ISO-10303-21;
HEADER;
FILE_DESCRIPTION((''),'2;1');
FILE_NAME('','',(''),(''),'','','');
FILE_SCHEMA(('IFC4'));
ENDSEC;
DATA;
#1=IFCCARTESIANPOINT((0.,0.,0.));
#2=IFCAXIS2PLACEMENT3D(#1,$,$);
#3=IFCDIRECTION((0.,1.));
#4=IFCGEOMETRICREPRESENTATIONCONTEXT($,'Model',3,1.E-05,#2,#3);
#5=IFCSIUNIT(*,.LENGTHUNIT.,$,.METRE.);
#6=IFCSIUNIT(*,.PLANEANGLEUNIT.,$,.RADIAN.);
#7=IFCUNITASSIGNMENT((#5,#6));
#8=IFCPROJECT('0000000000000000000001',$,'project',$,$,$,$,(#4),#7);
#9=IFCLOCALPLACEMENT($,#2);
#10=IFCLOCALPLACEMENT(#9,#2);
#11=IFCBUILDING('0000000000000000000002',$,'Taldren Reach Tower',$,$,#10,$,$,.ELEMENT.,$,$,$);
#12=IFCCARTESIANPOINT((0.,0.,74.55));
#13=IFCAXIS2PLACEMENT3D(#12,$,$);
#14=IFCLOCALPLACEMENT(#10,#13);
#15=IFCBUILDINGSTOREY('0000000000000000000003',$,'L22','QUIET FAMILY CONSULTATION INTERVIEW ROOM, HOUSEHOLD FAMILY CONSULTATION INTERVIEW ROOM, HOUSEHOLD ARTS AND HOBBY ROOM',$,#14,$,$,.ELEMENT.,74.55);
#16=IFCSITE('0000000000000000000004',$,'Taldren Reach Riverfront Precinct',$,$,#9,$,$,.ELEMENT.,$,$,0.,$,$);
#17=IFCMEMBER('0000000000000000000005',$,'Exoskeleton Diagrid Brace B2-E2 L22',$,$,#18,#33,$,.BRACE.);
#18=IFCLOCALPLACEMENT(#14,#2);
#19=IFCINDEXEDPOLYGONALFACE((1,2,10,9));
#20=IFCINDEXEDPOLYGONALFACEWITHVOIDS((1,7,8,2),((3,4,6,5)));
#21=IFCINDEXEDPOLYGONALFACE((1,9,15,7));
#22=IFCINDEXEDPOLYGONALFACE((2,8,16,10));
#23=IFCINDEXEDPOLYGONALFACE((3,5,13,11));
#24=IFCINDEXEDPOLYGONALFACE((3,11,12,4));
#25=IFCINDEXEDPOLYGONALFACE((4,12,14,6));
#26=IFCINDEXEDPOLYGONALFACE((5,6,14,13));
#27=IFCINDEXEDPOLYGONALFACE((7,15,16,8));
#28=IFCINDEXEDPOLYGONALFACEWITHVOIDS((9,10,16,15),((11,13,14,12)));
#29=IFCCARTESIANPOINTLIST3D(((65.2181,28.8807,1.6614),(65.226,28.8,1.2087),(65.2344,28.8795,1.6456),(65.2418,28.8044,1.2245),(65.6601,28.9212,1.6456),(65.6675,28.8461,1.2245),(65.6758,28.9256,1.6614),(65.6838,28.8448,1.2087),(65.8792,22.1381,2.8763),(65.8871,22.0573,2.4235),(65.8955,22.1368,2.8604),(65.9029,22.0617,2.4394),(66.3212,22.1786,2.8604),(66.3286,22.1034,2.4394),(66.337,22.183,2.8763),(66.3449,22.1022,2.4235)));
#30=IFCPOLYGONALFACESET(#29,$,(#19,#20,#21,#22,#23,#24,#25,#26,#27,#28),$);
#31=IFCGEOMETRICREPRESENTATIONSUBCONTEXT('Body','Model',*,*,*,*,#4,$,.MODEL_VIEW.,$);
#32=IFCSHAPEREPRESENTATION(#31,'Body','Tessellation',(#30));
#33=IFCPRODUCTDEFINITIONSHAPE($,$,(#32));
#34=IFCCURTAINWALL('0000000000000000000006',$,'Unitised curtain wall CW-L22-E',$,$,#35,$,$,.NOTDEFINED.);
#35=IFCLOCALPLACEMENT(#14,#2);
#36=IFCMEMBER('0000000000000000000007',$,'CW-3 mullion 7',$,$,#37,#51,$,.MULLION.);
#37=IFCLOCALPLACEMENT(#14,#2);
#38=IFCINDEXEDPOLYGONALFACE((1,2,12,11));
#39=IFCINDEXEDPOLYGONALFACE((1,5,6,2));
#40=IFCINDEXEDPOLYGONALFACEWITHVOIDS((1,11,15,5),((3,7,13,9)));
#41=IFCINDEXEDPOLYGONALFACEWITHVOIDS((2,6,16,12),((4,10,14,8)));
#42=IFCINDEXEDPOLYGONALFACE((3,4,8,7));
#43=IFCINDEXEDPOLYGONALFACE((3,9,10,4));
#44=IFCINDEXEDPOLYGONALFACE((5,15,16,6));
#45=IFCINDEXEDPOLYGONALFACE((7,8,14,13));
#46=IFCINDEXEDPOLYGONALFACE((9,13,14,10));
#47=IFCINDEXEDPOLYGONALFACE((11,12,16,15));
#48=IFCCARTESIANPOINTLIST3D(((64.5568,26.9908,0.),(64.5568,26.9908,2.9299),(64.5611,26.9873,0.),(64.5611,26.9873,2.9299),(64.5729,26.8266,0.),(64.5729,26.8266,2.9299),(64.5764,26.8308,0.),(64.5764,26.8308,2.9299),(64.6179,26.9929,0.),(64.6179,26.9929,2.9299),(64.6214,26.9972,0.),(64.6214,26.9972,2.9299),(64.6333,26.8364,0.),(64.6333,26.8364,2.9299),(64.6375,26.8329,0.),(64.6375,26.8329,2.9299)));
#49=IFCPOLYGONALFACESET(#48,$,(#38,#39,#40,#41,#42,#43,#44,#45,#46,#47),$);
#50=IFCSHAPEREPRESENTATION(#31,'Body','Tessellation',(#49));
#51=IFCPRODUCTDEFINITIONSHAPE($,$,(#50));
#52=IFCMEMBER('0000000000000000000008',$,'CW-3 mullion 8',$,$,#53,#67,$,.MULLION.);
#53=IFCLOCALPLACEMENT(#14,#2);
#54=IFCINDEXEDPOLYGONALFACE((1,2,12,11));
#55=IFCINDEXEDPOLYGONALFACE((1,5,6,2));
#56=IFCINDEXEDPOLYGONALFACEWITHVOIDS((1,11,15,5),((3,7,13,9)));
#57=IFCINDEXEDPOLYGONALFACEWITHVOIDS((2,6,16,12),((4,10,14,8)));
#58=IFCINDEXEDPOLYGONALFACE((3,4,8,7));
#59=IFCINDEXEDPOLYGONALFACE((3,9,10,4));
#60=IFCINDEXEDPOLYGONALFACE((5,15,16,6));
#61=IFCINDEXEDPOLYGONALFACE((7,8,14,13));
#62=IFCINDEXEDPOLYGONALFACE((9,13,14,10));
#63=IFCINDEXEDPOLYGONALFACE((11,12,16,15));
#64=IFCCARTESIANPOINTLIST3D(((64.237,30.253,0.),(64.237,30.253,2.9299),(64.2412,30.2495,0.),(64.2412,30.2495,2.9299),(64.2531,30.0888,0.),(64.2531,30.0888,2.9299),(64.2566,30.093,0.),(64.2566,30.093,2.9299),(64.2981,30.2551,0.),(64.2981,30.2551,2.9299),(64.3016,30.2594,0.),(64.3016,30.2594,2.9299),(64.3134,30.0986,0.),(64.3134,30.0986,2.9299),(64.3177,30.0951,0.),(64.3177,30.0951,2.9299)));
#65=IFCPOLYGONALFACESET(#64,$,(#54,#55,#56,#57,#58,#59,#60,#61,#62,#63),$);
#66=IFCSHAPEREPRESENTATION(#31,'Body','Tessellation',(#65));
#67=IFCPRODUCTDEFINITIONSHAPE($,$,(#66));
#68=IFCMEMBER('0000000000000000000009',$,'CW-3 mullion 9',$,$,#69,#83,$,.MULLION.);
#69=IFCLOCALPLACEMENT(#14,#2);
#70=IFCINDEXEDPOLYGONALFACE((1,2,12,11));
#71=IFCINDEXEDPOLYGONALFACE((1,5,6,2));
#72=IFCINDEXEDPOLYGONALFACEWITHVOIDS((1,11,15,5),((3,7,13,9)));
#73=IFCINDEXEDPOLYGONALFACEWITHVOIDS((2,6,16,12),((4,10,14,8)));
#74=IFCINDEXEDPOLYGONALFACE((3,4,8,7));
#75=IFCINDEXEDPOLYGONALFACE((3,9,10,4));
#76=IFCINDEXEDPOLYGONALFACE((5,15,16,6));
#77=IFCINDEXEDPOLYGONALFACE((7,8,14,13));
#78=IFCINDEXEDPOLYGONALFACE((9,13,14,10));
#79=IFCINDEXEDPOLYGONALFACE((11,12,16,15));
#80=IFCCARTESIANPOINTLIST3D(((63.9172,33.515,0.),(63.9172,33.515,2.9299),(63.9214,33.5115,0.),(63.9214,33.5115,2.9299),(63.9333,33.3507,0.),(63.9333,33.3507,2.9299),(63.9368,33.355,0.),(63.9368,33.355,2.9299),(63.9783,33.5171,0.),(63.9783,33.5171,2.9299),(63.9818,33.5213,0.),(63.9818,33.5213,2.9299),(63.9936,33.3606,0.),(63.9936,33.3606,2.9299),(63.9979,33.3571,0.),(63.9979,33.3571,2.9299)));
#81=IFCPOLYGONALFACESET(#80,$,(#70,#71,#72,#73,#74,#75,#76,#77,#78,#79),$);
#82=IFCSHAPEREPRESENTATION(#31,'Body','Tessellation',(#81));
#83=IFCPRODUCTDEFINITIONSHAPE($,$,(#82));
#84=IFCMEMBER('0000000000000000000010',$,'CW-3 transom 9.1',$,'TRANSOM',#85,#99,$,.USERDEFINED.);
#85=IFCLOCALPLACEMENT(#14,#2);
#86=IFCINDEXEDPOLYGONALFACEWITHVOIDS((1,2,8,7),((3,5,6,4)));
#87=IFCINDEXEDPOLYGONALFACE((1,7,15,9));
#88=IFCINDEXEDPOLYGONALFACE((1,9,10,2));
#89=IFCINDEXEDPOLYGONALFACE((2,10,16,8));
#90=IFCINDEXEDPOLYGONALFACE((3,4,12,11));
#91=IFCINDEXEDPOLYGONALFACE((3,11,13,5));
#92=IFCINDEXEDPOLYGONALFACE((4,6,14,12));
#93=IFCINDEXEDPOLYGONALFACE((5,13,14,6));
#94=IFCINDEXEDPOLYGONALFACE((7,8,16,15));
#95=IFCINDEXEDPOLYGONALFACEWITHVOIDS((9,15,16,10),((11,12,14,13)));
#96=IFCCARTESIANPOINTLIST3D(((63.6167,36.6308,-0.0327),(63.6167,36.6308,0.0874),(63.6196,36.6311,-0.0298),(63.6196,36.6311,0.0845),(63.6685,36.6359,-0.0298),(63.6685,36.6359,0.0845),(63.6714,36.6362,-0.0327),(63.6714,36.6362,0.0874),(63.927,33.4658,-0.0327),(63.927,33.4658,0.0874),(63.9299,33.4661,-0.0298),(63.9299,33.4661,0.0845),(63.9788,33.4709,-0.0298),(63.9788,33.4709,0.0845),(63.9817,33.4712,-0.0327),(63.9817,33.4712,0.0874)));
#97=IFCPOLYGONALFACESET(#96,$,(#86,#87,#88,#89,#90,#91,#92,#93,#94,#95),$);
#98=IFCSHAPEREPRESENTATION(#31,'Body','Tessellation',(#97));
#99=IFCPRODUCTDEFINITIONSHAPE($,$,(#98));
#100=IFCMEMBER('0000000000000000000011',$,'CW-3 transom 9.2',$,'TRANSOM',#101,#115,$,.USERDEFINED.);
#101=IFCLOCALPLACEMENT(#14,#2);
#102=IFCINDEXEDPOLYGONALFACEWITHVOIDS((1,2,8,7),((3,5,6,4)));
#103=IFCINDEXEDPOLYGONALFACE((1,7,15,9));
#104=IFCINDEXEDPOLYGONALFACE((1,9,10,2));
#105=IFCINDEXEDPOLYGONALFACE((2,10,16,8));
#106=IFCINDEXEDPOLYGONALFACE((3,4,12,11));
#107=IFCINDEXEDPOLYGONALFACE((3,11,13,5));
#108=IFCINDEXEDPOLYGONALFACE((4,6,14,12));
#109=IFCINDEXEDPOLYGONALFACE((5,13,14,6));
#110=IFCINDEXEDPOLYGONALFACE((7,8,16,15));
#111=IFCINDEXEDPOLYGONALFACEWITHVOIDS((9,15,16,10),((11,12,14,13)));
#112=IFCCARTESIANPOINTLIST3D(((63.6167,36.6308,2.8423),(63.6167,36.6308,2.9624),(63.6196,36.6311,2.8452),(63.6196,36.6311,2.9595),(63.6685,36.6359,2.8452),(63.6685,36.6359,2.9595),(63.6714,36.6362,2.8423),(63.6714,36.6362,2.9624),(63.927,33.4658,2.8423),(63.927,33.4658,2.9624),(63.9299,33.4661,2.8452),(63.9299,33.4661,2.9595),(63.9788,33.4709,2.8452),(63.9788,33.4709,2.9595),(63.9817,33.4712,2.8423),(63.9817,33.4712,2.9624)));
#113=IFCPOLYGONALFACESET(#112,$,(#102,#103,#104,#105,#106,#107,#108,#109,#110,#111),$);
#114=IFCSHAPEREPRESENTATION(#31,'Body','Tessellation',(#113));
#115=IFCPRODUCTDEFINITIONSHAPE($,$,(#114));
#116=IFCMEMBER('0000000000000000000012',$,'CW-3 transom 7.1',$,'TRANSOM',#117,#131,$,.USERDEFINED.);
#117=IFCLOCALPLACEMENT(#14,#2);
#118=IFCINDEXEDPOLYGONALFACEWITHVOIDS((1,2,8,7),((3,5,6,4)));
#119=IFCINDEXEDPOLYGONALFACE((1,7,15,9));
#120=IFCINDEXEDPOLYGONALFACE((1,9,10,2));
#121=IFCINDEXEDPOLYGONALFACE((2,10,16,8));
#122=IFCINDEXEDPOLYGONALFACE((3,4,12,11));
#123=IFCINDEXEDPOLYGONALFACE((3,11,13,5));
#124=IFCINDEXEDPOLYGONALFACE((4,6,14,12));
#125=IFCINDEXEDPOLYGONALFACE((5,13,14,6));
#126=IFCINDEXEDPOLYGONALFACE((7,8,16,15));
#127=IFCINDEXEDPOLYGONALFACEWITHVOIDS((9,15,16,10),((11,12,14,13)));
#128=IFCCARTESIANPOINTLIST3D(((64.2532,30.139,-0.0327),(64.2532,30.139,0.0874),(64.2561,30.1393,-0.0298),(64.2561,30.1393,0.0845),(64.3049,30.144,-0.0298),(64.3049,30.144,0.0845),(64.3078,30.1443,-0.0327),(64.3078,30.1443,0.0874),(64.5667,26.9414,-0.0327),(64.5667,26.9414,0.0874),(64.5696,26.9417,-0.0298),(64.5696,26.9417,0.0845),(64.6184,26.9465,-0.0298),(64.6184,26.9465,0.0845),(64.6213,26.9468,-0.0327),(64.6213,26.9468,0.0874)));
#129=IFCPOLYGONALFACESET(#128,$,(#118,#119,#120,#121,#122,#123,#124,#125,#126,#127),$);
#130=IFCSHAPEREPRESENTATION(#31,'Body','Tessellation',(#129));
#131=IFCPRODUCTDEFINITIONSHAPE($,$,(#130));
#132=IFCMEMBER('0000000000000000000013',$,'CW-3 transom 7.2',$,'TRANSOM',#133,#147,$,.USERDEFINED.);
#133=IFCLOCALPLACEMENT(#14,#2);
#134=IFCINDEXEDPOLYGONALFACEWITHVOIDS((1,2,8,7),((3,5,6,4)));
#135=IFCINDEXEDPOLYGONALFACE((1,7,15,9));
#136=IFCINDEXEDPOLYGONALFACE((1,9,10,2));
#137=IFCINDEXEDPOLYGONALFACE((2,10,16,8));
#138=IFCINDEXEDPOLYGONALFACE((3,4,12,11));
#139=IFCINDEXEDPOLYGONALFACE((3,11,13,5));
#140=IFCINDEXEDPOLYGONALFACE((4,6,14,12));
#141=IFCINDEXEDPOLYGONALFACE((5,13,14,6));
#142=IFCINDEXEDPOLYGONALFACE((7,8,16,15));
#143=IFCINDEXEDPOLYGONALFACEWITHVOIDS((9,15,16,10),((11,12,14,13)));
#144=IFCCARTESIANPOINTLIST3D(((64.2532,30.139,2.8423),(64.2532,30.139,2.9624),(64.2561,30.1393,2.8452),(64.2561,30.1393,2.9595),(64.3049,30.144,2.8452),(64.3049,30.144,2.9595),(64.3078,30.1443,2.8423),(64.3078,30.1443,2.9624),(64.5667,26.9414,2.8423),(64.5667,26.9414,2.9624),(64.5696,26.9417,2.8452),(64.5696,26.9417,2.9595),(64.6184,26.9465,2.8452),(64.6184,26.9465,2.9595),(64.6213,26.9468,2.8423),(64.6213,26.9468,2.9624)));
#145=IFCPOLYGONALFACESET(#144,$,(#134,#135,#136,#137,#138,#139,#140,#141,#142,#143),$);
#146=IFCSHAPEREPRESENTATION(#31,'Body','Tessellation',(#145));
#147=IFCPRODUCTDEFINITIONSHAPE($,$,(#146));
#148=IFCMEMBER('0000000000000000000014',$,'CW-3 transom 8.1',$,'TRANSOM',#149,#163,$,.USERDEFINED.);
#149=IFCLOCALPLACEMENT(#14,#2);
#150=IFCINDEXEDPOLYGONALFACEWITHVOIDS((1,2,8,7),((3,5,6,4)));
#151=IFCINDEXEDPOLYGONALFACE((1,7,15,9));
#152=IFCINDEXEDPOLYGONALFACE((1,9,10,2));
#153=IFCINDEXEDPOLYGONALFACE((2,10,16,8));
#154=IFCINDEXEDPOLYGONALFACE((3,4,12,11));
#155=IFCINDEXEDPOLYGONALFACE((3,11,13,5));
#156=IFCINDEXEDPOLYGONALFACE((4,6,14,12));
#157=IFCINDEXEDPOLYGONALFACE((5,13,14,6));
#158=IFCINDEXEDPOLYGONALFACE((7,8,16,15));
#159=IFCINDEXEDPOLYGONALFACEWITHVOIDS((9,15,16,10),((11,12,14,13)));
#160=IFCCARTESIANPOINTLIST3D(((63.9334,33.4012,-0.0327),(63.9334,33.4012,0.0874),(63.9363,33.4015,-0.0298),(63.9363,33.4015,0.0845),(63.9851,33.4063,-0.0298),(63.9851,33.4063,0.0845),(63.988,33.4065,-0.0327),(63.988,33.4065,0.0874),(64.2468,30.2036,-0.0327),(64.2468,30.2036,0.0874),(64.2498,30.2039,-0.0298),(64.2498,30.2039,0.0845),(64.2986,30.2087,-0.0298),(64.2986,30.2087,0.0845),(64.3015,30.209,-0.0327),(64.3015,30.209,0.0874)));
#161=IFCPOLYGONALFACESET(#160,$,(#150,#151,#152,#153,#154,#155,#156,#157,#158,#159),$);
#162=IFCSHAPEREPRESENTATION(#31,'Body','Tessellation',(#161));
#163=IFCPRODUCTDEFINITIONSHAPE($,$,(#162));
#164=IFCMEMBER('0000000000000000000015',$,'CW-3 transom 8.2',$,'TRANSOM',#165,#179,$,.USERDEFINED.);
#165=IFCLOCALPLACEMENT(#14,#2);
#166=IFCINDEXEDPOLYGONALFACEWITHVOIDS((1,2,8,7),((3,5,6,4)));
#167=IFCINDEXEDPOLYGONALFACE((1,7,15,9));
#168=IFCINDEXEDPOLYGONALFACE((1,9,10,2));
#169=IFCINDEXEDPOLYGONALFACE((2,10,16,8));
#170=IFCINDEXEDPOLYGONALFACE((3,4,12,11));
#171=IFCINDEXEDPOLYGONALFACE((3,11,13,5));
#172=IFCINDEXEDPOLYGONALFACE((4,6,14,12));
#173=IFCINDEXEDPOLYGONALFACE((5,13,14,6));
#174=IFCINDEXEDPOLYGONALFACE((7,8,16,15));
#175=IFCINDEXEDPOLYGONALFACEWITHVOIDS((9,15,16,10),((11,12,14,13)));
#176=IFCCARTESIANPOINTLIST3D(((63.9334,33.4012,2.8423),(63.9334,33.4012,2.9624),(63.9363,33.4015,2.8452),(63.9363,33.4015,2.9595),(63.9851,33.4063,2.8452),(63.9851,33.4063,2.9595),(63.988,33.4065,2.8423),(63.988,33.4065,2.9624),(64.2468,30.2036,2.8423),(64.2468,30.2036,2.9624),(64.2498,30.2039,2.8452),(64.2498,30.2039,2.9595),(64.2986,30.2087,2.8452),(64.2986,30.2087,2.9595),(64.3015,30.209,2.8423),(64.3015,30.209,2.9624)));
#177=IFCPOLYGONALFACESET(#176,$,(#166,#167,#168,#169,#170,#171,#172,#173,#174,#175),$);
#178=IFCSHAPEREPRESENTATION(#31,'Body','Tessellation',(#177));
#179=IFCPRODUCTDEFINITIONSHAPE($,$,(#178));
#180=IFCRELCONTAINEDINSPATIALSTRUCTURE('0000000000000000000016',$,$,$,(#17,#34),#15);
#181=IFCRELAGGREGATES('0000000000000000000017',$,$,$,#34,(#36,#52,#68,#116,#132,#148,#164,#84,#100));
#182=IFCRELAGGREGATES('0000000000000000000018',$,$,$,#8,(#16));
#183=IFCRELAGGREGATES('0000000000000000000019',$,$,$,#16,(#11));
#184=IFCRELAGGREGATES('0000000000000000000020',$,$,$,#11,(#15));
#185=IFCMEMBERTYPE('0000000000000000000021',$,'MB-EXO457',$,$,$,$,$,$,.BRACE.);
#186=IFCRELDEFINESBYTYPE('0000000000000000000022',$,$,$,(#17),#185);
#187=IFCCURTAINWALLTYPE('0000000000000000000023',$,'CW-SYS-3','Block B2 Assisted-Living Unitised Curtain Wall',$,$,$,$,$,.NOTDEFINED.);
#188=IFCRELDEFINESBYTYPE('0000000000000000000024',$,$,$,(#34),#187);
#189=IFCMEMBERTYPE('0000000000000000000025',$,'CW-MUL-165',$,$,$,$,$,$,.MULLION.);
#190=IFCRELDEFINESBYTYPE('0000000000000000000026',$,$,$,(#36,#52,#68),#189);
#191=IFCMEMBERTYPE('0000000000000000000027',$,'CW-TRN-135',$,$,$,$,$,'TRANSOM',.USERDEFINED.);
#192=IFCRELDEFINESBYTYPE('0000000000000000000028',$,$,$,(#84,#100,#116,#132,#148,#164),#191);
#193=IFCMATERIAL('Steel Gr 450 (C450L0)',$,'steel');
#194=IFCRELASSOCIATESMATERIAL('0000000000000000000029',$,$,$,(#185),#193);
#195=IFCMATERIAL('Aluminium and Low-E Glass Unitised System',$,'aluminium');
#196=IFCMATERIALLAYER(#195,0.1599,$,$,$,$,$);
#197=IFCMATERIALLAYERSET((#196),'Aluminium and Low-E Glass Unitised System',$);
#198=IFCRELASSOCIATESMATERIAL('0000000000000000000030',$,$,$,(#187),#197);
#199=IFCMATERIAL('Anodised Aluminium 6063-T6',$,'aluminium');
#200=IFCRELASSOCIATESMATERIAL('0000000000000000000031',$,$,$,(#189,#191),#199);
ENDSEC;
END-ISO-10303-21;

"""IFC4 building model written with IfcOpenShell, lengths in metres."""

from ifc_helpers import new_model, si_unit, direction, frame, origin, origin_2d, place, context, subcontext, project, spatial, hollow_rectangle, extrude, source, transform, mapped, material, layer, layer_set, material_profile, profile_set, type_object, element, aggregate, save


model = new_model("IFC4")

# Units and contexts
model_context = context("Model", 3, precision=1e-05, world=origin(), true_north=direction((0.0, 1.0)))
body_context = subcontext(model_context, "Body", "Model", "MODEL_VIEW")
ifc_project = project(units=[si_unit("LENGTHUNIT", "METRE"), si_unit("PLANEANGLEUNIT", "RADIAN")], contexts=[model_context])

# Site, building, storey
site_placement = place(None, origin())
site = spatial("IfcSite", under=ifc_project, at=site_placement, Name="Taldren Reach Riverfront Precinct", CompositionType="ELEMENT", RefElevation=0.0)
building_placement = place(site_placement, origin())
building = spatial("IfcBuilding", under=site, at=building_placement, Name="Taldren Reach Tower", CompositionType="ELEMENT")
storey_placement = place(building_placement, frame((0.0, 0.0, 74.55)))
storey = spatial("IfcBuildingStorey", under=building, at=storey_placement, Name="L22", Description="QUIET FAMILY CONSULTATION INTERVIEW ROOM, HOUSEHOLD FAMILY CONSULTATION INTERVIEW ROOM, HOUSEHOLD ARTS AND HOBBY ROOM", CompositionType="ELEMENT", Elevation=74.55)

# Member
ifc_material_1 = material(Name="Steel Gr 450 (C450L0)", Category="steel")
ifc_material_profile_1 = material_profile(ifc_material_1, hollow_rectangle(XDim=0.46, YDim=0.46, WallThickness=0.0161, at=origin_2d()), Name="460x460x16.0SHS")
ifc_profile_set_1 = profile_set([ifc_material_profile_1], Name="Steel Gr 450 (C450L0)")
member_type_1 = type_object("IfcMemberType", Name="MB-EXO457", PredefinedType="BRACE", material=ifc_profile_set_1)
shared_shape_1 = source(origin(), body_context, "Body", "SweptSolid", [
    extrude(hollow_rectangle(XDim=0.46, YDim=0.46, WallThickness=0.0161, at=origin_2d()), origin(), (0.0, 0.0, 1.0), 6.8831),
])
member_1_placement = place(storey_placement, frame((65.4509, 28.8628, 1.4351), z_axis=(0.096052, -0.979603, 0.176497), x_axis=(0.995227, 0.097584, 0.0)))
element("IfcMember", 1, at=member_1_placement, inside=storey, type_object=member_type_1, Name="Exoskeleton Diagrid Brace B2-E2 L22", PredefinedType="BRACE", context=body_context, shape_type="MappedRepresentation", body=[
    mapped(shared_shape_1, transform((0.0, 0.0, 0.0), scale=1.0)),
])

# Curtain wall, members
ifc_material_2 = material(Name="Aluminium and Low-E Glass Unitised System", Category="aluminium")
ifc_layer_1 = layer(ifc_material_2, 0.1599)
ifc_layer_set_1 = layer_set([ifc_layer_1], Name="Aluminium and Low-E Glass Unitised System")
curtain_wall_type = type_object("IfcCurtainWallType", Name="CW-SYS-3", Description="Block B2 Assisted-Living Unitised Curtain Wall", PredefinedType="NOTDEFINED", material=ifc_layer_set_1)
curtain_wall_placement = place(storey_placement, origin())
curtain_wall = element("IfcCurtainWall", 2, at=curtain_wall_placement, inside=storey, type_object=curtain_wall_type, Name="Unitised curtain wall CW-L22-E", PredefinedType="NOTDEFINED")
ifc_material_3 = material(Name="Anodised Aluminium 6063-T6", Category="aluminium")
ifc_material_profile_2 = material_profile(ifc_material_3, hollow_rectangle(XDim=0.0649, YDim=0.165, WallThickness=0.0039, at=origin_2d()), Name="ALU-165x65x4RHS")
ifc_profile_set_2 = profile_set([ifc_material_profile_2], Name="Anodised Aluminium 6063-T6")
member_type_2 = type_object("IfcMemberType", Name="CW-MUL-165", PredefinedType="MULLION", material=ifc_profile_set_2)
shared_shape_2 = source(origin(), body_context, "Body", "SweptSolid", [
    extrude(hollow_rectangle(XDim=0.0649, YDim=0.165, WallThickness=0.0039, at=origin_2d()), origin(), (0.0, 0.0, 1.0), 2.9299),
])
member_2_placement = place(storey_placement, frame((64.5972, 26.9119, 0.0), z_axis=(0.0, 0.0, 1.0), x_axis=(-0.995227, -0.097583, 0.0)))
member_2 = element("IfcMember", 3, at=member_2_placement, type_object=member_type_2, Name="CW-3 mullion 7", PredefinedType="MULLION", context=body_context, shape_type="MappedRepresentation", body=[
    mapped(shared_shape_2, transform((0.0, 0.0, 0.0), scale=1.0)),
])
member_3_placement = place(storey_placement, frame((64.2773, 30.1741, 0.0), z_axis=(0.0, 0.0, 1.0), x_axis=(-0.995227, -0.097583, 0.0)))
member_3 = element("IfcMember", 4, at=member_3_placement, type_object=member_type_2, Name="CW-3 mullion 8", PredefinedType="MULLION", context=body_context, shape_type="MappedRepresentation", body=[
    mapped(shared_shape_2, transform((0.0, 0.0, 0.0), scale=1.0)),
])
member_4_placement = place(storey_placement, frame((63.9575, 33.436, 0.0), z_axis=(0.0, 0.0, 1.0), x_axis=(-0.995227, -0.097583, 0.0)))
member_4 = element("IfcMember", 5, at=member_4_placement, type_object=member_type_2, Name="CW-3 mullion 9", PredefinedType="MULLION", context=body_context, shape_type="MappedRepresentation", body=[
    mapped(shared_shape_2, transform((0.0, 0.0, 0.0), scale=1.0)),
])
ifc_material_profile_3 = material_profile(ifc_material_3, hollow_rectangle(XDim=0.0549, YDim=0.1201, WallThickness=0.0029, at=origin_2d()), Name="ALU-120x55x3RHS")
ifc_profile_set_3 = profile_set([ifc_material_profile_3], Name="Anodised Aluminium 6063-T6")
member_type_3 = type_object("IfcMemberType", Name="CW-TRN-135", ElementType="TRANSOM", PredefinedType="USERDEFINED", material=ifc_profile_set_3)
shared_shape_3 = source(origin(), body_context, "Body", "SweptSolid", [
    extrude(hollow_rectangle(XDim=0.0549, YDim=0.1201, WallThickness=0.0029, at=origin_2d()), origin(), (0.0, 0.0, 1.0), 3.1802),
])
member_5_placement = place(storey_placement, frame((63.9543, 33.4685, 0.0273), z_axis=(-0.097573, 0.995228, 0.0), x_axis=(-0.995228, -0.097573, 0.0)))
member_5 = element("IfcMember", 6, at=member_5_placement, type_object=member_type_3, Name="CW-3 transom 9.1", ObjectType="TRANSOM", PredefinedType="USERDEFINED", context=body_context, shape_type="MappedRepresentation", body=[
    mapped(shared_shape_3, transform((0.0, 0.0, 0.0), scale=1.0)),
])
member_6_placement = place(storey_placement, frame((63.9543, 33.4685, 2.9023), z_axis=(-0.097573, 0.995228, 0.0), x_axis=(-0.995228, -0.097573, 0.0)))
member_6 = element("IfcMember", 7, at=member_6_placement, type_object=member_type_3, Name="CW-3 transom 9.2", ObjectType="TRANSOM", PredefinedType="USERDEFINED", context=body_context, shape_type="MappedRepresentation", body=[
    mapped(shared_shape_3, transform((0.0, 0.0, 0.0), scale=1.0)),
])
shared_shape_4 = source(origin(), body_context, "Body", "SweptSolid", [
    extrude(hollow_rectangle(XDim=0.0549, YDim=0.1201, WallThickness=0.0029, at=origin_2d()), origin(), (0.0, 0.0, 1.0), 3.2129),
])
member_7_placement = place(storey_placement, frame((64.594, 26.9441, 0.0273), z_axis=(-0.09757, 0.995229, 0.0), x_axis=(-0.995229, -0.09757, 0.0)))
member_7 = element("IfcMember", 8, at=member_7_placement, type_object=member_type_3, Name="CW-3 transom 7.1", ObjectType="TRANSOM", PredefinedType="USERDEFINED", context=body_context, shape_type="MappedRepresentation", body=[
    mapped(shared_shape_4, transform((0.0, 0.0, 0.0), scale=1.0)),
])
member_8_placement = place(storey_placement, frame((64.594, 26.9441, 2.9023), z_axis=(-0.09757, 0.995229, 0.0), x_axis=(-0.995229, -0.09757, 0.0)))
member_8 = element("IfcMember", 9, at=member_8_placement, type_object=member_type_3, Name="CW-3 transom 7.2", ObjectType="TRANSOM", PredefinedType="USERDEFINED", context=body_context, shape_type="MappedRepresentation", body=[
    mapped(shared_shape_4, transform((0.0, 0.0, 0.0), scale=1.0)),
])
member_9_placement = place(storey_placement, frame((64.2742, 30.2063, 0.0273), z_axis=(-0.09757, 0.995229, 0.0), x_axis=(-0.995229, -0.09757, 0.0)))
member_9 = element("IfcMember", 10, at=member_9_placement, type_object=member_type_3, Name="CW-3 transom 8.1", ObjectType="TRANSOM", PredefinedType="USERDEFINED", context=body_context, shape_type="MappedRepresentation", body=[
    mapped(shared_shape_4, transform((0.0, 0.0, 0.0), scale=1.0)),
])
member_10_placement = place(storey_placement, frame((64.2742, 30.2063, 2.9023), z_axis=(-0.09757, 0.995229, 0.0), x_axis=(-0.995229, -0.09757, 0.0)))
member_10 = element("IfcMember", 11, at=member_10_placement, type_object=member_type_3, Name="CW-3 transom 8.2", ObjectType="TRANSOM", PredefinedType="USERDEFINED", context=body_context, shape_type="MappedRepresentation", body=[
    mapped(shared_shape_4, transform((0.0, 0.0, 0.0), scale=1.0)),
])
aggregate(curtain_wall, [member_2, member_3, member_4, member_7, member_8, member_9, member_10, member_5, member_6])

save(model, "model.ifc")
